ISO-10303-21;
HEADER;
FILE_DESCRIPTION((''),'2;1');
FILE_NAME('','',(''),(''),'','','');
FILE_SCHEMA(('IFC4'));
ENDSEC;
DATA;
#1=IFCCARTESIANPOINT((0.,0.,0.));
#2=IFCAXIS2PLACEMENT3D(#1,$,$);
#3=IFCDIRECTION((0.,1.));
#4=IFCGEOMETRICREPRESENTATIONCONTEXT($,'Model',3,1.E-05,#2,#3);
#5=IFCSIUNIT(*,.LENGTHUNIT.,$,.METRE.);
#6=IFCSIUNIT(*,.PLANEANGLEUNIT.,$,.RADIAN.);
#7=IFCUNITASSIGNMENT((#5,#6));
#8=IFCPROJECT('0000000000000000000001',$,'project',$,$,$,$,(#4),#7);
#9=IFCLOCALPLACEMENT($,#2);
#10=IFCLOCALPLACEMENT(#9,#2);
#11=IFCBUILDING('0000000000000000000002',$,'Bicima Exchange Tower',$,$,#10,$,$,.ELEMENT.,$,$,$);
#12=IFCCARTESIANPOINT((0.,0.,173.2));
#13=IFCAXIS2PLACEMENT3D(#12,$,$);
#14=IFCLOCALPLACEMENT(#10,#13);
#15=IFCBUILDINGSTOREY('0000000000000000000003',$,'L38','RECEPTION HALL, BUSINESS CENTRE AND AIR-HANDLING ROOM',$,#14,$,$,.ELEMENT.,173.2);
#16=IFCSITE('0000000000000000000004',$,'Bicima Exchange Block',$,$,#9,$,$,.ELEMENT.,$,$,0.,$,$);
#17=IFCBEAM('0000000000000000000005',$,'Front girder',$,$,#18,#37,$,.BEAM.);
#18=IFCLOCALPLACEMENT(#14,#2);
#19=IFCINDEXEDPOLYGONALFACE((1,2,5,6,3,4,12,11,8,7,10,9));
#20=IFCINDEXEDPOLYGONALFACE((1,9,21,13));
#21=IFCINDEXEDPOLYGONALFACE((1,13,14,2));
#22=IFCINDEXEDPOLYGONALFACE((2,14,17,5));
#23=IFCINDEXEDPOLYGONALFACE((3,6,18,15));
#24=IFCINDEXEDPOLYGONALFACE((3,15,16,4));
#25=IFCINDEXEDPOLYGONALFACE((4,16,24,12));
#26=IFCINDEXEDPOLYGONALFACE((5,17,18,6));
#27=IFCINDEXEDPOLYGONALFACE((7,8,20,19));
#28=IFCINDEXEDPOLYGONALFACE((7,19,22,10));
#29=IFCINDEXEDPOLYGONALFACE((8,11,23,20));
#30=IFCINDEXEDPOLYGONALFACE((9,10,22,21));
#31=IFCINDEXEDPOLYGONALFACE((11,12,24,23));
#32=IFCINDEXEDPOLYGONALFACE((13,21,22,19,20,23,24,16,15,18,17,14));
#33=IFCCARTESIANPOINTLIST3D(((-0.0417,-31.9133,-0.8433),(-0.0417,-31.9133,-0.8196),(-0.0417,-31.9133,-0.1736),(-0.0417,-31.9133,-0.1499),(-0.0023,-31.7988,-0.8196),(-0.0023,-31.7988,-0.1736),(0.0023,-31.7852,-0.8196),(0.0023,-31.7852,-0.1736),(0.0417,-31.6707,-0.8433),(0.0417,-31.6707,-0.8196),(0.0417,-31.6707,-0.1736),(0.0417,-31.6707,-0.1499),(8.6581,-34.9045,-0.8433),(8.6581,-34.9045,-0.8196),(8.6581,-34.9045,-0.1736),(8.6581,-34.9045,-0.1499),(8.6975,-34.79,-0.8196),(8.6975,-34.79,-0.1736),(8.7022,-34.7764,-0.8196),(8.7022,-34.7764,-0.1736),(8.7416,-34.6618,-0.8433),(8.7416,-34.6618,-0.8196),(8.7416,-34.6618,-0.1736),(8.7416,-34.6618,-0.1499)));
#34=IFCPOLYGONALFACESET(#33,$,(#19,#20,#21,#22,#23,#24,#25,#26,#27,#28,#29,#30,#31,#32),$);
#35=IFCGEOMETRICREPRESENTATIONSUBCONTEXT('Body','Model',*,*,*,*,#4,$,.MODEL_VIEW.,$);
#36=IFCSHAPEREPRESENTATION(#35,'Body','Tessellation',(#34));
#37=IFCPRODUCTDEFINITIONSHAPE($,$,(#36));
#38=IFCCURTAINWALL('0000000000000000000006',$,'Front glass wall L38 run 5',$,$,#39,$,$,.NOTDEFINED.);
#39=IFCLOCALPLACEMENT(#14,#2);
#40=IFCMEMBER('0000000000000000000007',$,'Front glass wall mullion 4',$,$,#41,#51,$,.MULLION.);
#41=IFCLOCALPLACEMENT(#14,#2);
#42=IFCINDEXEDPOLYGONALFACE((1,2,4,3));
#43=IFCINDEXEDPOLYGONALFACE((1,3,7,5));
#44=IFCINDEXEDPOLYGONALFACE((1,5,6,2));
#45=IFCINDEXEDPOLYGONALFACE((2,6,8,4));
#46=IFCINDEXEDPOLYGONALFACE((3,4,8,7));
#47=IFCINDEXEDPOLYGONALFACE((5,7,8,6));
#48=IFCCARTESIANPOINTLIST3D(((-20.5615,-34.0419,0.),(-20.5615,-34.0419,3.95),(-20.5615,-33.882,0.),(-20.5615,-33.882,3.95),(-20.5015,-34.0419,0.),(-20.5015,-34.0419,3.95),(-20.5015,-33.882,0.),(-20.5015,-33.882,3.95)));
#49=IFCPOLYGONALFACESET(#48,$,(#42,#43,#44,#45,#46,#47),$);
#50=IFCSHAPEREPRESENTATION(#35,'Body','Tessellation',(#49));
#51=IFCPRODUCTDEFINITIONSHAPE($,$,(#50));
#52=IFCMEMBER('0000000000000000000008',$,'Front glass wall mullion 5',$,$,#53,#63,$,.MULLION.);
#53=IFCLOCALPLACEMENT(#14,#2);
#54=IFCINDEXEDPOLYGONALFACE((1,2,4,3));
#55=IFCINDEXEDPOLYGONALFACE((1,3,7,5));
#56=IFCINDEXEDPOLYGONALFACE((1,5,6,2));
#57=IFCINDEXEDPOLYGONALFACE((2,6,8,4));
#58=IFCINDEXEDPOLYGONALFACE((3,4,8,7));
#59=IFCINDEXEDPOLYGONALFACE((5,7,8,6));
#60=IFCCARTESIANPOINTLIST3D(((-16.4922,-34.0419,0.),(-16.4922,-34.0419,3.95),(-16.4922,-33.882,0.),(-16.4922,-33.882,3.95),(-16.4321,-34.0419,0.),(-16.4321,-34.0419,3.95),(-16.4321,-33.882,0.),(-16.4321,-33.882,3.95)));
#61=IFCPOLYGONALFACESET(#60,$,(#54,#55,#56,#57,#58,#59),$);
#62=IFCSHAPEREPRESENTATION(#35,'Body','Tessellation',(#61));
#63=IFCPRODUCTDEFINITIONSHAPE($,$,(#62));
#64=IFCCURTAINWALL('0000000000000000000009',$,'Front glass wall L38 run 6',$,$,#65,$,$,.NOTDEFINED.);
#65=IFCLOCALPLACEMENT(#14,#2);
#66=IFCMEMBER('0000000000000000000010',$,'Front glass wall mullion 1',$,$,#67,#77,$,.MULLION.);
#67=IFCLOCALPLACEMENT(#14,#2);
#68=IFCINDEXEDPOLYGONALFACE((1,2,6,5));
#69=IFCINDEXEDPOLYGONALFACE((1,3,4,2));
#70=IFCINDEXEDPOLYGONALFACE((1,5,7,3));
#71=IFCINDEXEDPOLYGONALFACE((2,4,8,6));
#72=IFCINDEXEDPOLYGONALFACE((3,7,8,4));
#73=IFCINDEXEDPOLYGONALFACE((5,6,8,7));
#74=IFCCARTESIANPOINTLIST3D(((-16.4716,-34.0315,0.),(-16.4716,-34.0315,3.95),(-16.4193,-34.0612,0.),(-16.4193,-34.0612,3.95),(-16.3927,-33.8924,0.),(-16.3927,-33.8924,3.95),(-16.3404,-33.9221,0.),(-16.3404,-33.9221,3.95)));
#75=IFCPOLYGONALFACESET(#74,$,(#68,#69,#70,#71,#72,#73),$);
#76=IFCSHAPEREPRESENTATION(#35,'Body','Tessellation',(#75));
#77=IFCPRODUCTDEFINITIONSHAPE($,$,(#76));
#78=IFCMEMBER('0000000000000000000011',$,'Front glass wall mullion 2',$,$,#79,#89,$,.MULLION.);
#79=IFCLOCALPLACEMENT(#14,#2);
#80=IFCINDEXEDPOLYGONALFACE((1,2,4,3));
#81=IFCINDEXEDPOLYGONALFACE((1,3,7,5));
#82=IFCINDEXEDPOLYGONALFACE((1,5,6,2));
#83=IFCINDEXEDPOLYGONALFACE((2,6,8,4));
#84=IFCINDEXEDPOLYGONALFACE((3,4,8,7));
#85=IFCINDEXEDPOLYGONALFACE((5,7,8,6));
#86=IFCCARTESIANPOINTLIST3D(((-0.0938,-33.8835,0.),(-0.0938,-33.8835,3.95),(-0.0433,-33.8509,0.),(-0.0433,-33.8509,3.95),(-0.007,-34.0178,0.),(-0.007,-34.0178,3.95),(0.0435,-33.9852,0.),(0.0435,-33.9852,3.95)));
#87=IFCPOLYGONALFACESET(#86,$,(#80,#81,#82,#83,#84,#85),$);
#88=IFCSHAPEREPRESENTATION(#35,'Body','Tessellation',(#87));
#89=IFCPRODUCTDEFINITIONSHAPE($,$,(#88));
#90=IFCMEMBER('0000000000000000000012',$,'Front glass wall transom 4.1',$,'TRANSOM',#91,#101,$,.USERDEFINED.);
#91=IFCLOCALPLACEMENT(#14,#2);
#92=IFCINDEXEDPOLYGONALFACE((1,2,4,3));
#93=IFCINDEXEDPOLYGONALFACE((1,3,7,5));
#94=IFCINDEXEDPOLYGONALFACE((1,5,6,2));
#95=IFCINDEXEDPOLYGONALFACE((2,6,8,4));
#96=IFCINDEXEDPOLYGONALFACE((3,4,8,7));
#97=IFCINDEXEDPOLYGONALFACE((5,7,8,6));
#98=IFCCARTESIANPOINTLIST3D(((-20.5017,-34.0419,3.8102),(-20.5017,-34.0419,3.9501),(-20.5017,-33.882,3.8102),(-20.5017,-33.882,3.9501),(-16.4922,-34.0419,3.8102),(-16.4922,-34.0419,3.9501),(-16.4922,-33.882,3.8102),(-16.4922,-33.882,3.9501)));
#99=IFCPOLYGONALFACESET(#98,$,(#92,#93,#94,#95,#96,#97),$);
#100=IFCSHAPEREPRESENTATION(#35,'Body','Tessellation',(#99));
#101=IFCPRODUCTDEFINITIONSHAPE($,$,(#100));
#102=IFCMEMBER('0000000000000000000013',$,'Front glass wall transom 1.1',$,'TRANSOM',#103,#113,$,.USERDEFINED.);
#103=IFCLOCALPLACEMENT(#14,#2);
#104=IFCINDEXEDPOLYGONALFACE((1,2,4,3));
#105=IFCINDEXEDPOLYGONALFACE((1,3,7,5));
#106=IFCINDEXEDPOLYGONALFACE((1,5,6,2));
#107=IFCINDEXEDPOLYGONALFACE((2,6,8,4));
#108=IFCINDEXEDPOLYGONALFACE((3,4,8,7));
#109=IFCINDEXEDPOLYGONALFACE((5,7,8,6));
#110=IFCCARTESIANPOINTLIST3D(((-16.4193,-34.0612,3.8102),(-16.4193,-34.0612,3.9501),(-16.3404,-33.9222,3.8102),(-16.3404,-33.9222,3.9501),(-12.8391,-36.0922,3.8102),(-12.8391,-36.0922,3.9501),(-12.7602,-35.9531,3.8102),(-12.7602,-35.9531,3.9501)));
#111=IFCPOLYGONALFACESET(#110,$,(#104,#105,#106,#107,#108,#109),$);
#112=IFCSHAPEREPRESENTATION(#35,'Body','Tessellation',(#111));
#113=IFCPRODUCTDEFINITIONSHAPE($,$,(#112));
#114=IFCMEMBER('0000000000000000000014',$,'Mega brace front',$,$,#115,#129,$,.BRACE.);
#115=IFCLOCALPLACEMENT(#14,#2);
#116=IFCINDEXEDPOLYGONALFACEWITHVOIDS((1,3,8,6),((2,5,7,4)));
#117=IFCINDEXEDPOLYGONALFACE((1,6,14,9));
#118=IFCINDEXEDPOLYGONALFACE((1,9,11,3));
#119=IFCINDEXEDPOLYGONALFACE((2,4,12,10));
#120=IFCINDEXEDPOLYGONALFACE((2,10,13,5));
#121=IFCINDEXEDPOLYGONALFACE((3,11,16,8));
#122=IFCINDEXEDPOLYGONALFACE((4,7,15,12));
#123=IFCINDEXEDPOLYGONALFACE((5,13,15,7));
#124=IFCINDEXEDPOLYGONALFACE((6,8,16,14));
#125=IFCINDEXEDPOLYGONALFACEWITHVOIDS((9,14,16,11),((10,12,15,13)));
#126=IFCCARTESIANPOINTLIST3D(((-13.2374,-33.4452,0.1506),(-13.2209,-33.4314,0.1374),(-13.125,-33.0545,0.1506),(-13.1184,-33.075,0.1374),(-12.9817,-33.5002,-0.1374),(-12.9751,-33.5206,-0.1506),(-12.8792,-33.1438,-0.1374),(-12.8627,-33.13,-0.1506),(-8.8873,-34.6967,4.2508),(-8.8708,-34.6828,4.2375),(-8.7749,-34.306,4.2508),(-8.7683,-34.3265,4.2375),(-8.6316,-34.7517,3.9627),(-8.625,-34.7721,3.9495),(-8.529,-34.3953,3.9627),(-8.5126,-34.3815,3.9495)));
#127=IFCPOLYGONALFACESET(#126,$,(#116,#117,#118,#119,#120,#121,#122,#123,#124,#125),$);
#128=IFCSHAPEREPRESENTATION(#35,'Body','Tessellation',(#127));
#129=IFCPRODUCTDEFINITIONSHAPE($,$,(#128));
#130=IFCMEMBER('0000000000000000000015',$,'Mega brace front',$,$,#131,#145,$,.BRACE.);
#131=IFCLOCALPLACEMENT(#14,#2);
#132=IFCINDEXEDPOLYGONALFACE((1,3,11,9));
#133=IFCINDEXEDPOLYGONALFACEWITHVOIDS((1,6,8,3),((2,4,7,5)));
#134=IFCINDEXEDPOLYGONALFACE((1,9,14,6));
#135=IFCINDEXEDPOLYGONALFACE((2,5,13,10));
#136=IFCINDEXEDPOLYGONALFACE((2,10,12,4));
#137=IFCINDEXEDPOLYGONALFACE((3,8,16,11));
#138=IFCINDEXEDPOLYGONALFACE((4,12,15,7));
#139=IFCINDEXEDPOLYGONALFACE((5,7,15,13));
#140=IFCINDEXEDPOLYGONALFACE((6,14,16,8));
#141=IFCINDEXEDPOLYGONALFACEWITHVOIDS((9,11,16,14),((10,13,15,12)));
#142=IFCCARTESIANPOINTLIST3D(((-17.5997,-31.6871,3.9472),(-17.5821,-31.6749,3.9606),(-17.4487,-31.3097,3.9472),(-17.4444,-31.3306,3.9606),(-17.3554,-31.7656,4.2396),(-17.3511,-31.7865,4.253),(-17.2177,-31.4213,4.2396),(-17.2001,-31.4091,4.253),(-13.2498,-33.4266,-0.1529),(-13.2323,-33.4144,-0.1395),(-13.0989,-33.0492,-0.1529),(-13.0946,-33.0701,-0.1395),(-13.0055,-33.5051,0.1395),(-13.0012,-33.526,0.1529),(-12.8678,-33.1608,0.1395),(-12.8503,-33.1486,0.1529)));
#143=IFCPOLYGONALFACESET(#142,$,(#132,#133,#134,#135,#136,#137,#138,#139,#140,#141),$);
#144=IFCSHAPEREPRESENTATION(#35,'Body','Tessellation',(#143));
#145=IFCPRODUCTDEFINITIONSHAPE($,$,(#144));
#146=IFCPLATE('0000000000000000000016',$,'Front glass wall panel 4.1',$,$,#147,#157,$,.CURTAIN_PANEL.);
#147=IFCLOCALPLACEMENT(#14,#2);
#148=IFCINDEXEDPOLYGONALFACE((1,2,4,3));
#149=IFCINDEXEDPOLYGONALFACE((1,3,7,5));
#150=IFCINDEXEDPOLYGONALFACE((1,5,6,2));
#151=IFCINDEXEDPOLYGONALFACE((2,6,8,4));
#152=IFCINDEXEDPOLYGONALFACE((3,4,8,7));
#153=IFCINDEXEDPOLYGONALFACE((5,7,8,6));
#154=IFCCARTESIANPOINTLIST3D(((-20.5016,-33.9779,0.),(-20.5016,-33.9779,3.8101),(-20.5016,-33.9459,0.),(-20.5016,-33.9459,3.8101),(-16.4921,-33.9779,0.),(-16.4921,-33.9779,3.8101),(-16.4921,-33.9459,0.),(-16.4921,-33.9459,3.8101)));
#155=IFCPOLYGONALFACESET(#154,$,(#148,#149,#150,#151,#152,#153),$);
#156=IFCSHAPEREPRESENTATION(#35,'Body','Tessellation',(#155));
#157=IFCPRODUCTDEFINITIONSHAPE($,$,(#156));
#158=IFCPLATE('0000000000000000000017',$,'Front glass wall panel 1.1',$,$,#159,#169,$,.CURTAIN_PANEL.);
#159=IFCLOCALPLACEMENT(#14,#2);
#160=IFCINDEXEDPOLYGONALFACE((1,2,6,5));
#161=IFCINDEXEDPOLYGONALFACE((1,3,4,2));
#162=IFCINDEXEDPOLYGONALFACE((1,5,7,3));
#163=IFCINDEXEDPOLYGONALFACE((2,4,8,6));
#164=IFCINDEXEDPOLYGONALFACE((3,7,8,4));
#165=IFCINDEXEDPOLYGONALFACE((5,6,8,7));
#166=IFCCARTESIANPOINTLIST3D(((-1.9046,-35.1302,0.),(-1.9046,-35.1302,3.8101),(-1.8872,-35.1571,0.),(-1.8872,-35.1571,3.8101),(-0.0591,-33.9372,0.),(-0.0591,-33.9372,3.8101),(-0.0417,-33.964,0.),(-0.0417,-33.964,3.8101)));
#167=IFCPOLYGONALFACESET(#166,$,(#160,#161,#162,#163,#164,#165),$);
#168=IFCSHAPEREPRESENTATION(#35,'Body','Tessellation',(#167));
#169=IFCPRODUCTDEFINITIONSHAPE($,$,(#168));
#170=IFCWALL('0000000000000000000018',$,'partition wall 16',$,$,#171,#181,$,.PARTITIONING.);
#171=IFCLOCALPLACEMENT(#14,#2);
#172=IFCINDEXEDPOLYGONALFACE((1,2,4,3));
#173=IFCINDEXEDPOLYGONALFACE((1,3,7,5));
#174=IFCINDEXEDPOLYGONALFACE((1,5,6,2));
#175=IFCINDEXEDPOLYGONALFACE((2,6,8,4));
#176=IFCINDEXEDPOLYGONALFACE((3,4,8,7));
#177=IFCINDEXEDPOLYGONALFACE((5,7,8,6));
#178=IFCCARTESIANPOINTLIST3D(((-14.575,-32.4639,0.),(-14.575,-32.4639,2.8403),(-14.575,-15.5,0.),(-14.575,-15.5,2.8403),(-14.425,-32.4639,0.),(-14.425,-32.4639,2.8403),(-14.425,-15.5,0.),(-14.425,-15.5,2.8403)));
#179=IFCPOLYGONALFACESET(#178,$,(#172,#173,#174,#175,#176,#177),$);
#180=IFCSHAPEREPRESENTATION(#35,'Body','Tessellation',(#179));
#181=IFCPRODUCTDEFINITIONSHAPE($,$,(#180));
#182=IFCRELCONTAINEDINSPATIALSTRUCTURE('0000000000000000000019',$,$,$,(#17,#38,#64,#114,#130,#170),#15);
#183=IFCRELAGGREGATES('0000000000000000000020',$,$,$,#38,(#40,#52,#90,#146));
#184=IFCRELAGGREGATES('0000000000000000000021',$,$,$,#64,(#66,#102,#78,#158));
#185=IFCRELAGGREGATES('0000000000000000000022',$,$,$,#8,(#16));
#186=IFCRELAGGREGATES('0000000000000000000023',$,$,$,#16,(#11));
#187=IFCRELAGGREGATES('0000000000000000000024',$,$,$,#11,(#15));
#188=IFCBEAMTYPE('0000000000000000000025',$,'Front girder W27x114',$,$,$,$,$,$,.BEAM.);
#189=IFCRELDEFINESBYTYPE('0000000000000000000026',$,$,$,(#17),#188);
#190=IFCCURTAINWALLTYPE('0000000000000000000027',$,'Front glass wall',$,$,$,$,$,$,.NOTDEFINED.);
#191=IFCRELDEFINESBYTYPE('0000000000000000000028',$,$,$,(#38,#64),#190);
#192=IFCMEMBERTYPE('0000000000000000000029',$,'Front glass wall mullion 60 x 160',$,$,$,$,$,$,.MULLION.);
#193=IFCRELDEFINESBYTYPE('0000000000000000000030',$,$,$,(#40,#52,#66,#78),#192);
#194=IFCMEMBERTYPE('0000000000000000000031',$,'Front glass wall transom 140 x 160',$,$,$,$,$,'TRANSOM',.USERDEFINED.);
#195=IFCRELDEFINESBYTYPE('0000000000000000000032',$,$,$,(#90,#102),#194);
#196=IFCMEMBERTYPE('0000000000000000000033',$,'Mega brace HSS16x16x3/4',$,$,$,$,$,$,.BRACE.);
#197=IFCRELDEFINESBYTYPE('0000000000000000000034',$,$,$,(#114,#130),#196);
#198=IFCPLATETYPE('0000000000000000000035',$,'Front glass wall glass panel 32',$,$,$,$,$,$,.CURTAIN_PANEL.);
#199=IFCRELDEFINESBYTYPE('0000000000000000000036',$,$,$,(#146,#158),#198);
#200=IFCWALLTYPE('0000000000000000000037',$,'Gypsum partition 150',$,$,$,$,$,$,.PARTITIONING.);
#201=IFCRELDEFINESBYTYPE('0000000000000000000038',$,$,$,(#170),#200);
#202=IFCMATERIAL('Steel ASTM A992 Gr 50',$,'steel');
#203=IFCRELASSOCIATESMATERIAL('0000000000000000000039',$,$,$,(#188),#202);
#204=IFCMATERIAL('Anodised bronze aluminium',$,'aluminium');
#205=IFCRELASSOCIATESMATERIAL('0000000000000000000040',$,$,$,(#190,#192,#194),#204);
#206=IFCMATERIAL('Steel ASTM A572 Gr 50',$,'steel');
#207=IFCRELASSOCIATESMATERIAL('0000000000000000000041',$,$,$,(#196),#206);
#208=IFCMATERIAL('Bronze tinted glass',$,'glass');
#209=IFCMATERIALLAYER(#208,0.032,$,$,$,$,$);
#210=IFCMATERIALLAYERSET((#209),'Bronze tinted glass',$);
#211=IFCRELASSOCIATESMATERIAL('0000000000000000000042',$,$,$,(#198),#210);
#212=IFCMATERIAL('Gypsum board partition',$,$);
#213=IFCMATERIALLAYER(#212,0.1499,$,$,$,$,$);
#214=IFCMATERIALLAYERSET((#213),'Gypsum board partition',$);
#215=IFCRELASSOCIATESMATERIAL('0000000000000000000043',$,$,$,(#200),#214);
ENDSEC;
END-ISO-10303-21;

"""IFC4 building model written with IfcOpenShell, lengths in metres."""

from ifc_helpers import new_model, si_unit, direction, frame, frame_2d, origin, origin_2d, place, context, subcontext, project, spatial, rectangle, hollow_rectangle, i_section, extrude, material, layer, layer_set, material_profile, profile_set, type_object, element, aggregate, save


model = new_model("IFC4")

# Units and contexts
model_context = context("Model", 3, precision=1e-05, world=origin(), true_north=direction((0.0, 1.0)))
body_context = subcontext(model_context, "Body", "Model", "MODEL_VIEW")
ifc_project = project(units=[si_unit("LENGTHUNIT", "METRE"), si_unit("PLANEANGLEUNIT", "RADIAN")], contexts=[model_context])

# Site, building, storey
site_placement = place(None, origin())
site = spatial("IfcSite", under=ifc_project, at=site_placement, Name="Bicima Exchange Block", CompositionType="ELEMENT", RefElevation=0.0)
building_placement = place(site_placement, origin())
building = spatial("IfcBuilding", under=site, at=building_placement, Name="Bicima Exchange Tower", CompositionType="ELEMENT")
storey_placement = place(building_placement, frame((0.0, 0.0, 173.2)))
storey = spatial("IfcBuildingStorey", under=building, at=storey_placement, Name="L38", Description="RECEPTION HALL, BUSINESS CENTRE AND AIR-HANDLING ROOM", CompositionType="ELEMENT", Elevation=173.2)

# Shared definitions
ifc_material_1 = material(Name="Steel ASTM A992 Gr 50", Category="steel")

# Beam
ifc_material_profile_1 = material_profile(ifc_material_1, i_section(OverallWidth=0.2566, OverallDepth=0.6934, WebThickness=0.0144, FlangeThickness=0.0237, at=origin_2d()))
ifc_profile_set_1 = profile_set([ifc_material_profile_1], Name="Steel ASTM A992 Gr 50")
beam_type_1 = type_object("IfcBeamType", Name="Front girder W27x114", PredefinedType="BEAM", material=ifc_profile_set_1)
for number, where, z_axis, x_axis, name in (
    (1, (0.0, -31.792, -0.4966), (0.945666, -0.325138, 0.0), (0.325138, 0.945666, 0.0), "Front girder"),
):
    element("IfcBeam", number, at=place(storey_placement, frame(where, z_axis=z_axis, x_axis=x_axis)), inside=storey, type_object=beam_type_1, Name=name, PredefinedType="BEAM", context=body_context, shape_type="SweptSolid", body=[
        extrude(i_section(OverallWidth=0.2566, OverallDepth=0.6934, WebThickness=0.0144, FlangeThickness=0.0237, at=origin_2d()), origin(), (0.0, 0.0, 1.0), 9.1997),
    ])

# Curtain walls, members
ifc_material_2 = material(Name="Anodised bronze aluminium", Category="aluminium")
curtain_wall_type = type_object("IfcCurtainWallType", Name="Front glass wall", PredefinedType="NOTDEFINED", material=ifc_material_2)
curtain_wall_1_placement = place(storey_placement, origin())
curtain_wall_1 = element("IfcCurtainWall", 2, at=curtain_wall_1_placement, inside=storey, type_object=curtain_wall_type, Name="Front glass wall L38 run 5", PredefinedType="NOTDEFINED")
ifc_material_profile_2 = material_profile(ifc_material_2, rectangle(XDim=0.1599, YDim=0.0601, at=origin_2d()))
ifc_profile_set_2 = profile_set([ifc_material_profile_2], Name="Anodised bronze aluminium")
member_type_1 = type_object("IfcMemberType", Name="Front glass wall mullion 60 x 160", PredefinedType="MULLION", material=ifc_profile_set_2)
member_1_placement = place(storey_placement, frame((-20.5315, -33.9619, 0.0), z_axis=(0.0, 0.0, 1.0), x_axis=(0.0, 1.0, 0.0)))
member_1 = element("IfcMember", 3, at=member_1_placement, type_object=member_type_1, Name="Front glass wall mullion 4", PredefinedType="MULLION", context=body_context, shape_type="SweptSolid", body=[
    extrude(rectangle(XDim=0.1599, YDim=0.0601, at=origin_2d()), origin(), (0.0, 0.0, 1.0), 3.95),
])
member_2_placement = place(storey_placement, frame((-16.4622, -33.9619, 0.0), z_axis=(0.0, 0.0, 1.0), x_axis=(0.0, 1.0, 0.0)))
member_2 = element("IfcMember", 4, at=member_2_placement, type_object=member_type_1, Name="Front glass wall mullion 5", PredefinedType="MULLION", context=body_context, shape_type="SweptSolid", body=[
    extrude(rectangle(XDim=0.1599, YDim=0.0601, at=origin_2d()), origin(), (0.0, 0.0, 1.0), 3.95),
])
curtain_wall_2_placement = place(storey_placement, origin())
curtain_wall_2 = element("IfcCurtainWall", 5, at=curtain_wall_2_placement, inside=storey, type_object=curtain_wall_type, Name="Front glass wall L38 run 6", PredefinedType="NOTDEFINED")
member_3_placement = place(storey_placement, frame((-16.406, -33.9768, 0.0), z_axis=(0.0, 0.0, 1.0), x_axis=(0.493395, 0.869805, 0.0)))
member_3 = element("IfcMember", 6, at=member_3_placement, type_object=member_type_1, Name="Front glass wall mullion 1", PredefinedType="MULLION", context=body_context, shape_type="SweptSolid", body=[
    extrude(rectangle(XDim=0.1599, YDim=0.0601, at=origin_2d()), origin(), (0.0, 0.0, 1.0), 3.95),
])
member_4_placement = place(storey_placement, frame((-0.0251, -33.9343, 0.0), z_axis=(0.0, 0.0, 1.0), x_axis=(-0.542897, 0.839799, 0.0)))
member_4 = element("IfcMember", 7, at=member_4_placement, type_object=member_type_1, Name="Front glass wall mullion 2", PredefinedType="MULLION", context=body_context, shape_type="SweptSolid", body=[
    extrude(rectangle(XDim=0.1599, YDim=0.0601, at=origin_2d()), origin(), (0.0, 0.0, 1.0), 3.95),
])

# Members
ifc_material_profile_3 = material_profile(ifc_material_2, rectangle(XDim=0.1599, YDim=0.1399, at=origin_2d()))
ifc_profile_set_3 = profile_set([ifc_material_profile_3], Name="Anodised bronze aluminium")
member_type_2 = type_object("IfcMemberType", Name="Front glass wall transom 140 x 160", ElementType="TRANSOM", PredefinedType="USERDEFINED", material=ifc_profile_set_3)
member_5_placement = place(storey_placement, frame((-20.5017, -33.9619, 3.8801), z_axis=(1.0, 0.0, 0.0), x_axis=(0.0, 1.0, 0.0)))
member_5 = element("IfcMember", 8, at=member_5_placement, type_object=member_type_2, Name="Front glass wall transom 4.1", ObjectType="TRANSOM", PredefinedType="USERDEFINED", context=body_context, shape_type="SweptSolid", body=[
    extrude(rectangle(XDim=0.1599, YDim=0.1399, at=origin_2d()), origin(), (0.0, 0.0, 1.0), 4.0095),
])
member_6_placement = place(storey_placement, frame((-16.3799, -33.9917, 3.8801), z_axis=(0.869797, -0.493409, 0.0), x_axis=(0.493409, 0.869797, 0.0)))
member_6 = element("IfcMember", 9, at=member_6_placement, type_object=member_type_2, Name="Front glass wall transom 1.1", ObjectType="TRANSOM", PredefinedType="USERDEFINED", context=body_context, shape_type="SweptSolid", body=[
    extrude(rectangle(XDim=0.1599, YDim=0.1399, at=origin_2d()), origin(), (0.0, 0.0, 1.0), 4.1162),
])

# Members
ifc_material_3 = material(Name="Steel ASTM A572 Gr 50", Category="steel")
ifc_material_profile_4 = material_profile(ifc_material_3, hollow_rectangle(XDim=0.4065, YDim=0.4065, WallThickness=0.0178, at=origin_2d()))
ifc_profile_set_4 = profile_set([ifc_material_profile_4], Name="Steel ASTM A572 Gr 50")
member_type_3 = type_object("IfcMemberType", Name="Mega brace HSS16x16x3/4", PredefinedType="BRACE", material=ifc_profile_set_4)
member_7_placement = place(storey_placement, frame((-13.05, -33.2876, 0.0), z_axis=(0.712267, -0.20491, 0.671333), x_axis=(0.276473, 0.961022, 0.0)))
element("IfcMember", 10, at=member_7_placement, inside=storey, type_object=member_type_3, Name="Mega brace front", PredefinedType="BRACE", context=body_context, shape_type="SweptSolid", body=[
    extrude(hollow_rectangle(XDim=0.4065, YDim=0.4065, WallThickness=0.0178, at=origin_2d()), origin(), (0.0, 0.0, 1.0), 6.1074),
])
member_8_placement = place(storey_placement, frame((-13.05, -33.2876, 0.0), z_axis=(-0.698706, 0.279412, 0.658588), x_axis=(-0.37131, -0.928509, 0.0)))
element("IfcMember", 11, at=member_8_placement, inside=storey, type_object=member_type_3, Name="Mega brace front", PredefinedType="BRACE", context=body_context, shape_type="SweptSolid", body=[
    extrude(hollow_rectangle(XDim=0.4065, YDim=0.4065, WallThickness=0.0178, at=origin_2d()), origin(), (0.0, 0.0, 1.0), 6.2256),
])

# Plates
ifc_material_4 = material(Name="Bronze tinted glass", Category="glass")
ifc_layer_1 = layer(ifc_material_4, 0.032)
ifc_layer_set_1 = layer_set([ifc_layer_1], Name="Bronze tinted glass")
plate_type = type_object("IfcPlateType", Name="Front glass wall glass panel 32", PredefinedType="CURTAIN_PANEL", material=ifc_layer_set_1)
plate_1_placement = place(storey_placement, frame((-18.4968, -33.9619, 0.0), z_axis=(0.0, 0.0, 1.0), x_axis=(1.0, 0.0, 0.0)))
plate_1 = element("IfcPlate", 12, at=plate_1_placement, type_object=plate_type, Name="Front glass wall panel 4.1", PredefinedType="CURTAIN_PANEL", context=body_context, shape_type="SweptSolid", body=[
    extrude(rectangle(XDim=4.0095, YDim=0.032, at=origin_2d()), origin(), (0.0, 0.0, 1.0), 3.8101),
])
aggregate(curtain_wall_1, [member_1, member_2, member_5, plate_1])
plate_2_placement = place(storey_placement, frame((-0.9731, -34.5471, 0.0), z_axis=(0.0, 0.0, 1.0), x_axis=(0.839799, 0.542897, 0.0)))
plate_2 = element("IfcPlate", 13, at=plate_2_placement, type_object=plate_type, Name="Front glass wall panel 1.1", PredefinedType="CURTAIN_PANEL", context=body_context, shape_type="SweptSolid", body=[
    extrude(rectangle(XDim=2.1975, YDim=0.032, at=origin_2d()), origin(), (0.0, 0.0, 1.0), 3.8101),
])
aggregate(curtain_wall_2, [member_3, member_6, member_4, plate_2])

# Wall
ifc_material_5 = material(Name="Gypsum board partition")
ifc_layer_2 = layer(ifc_material_5, 0.1499)
ifc_layer_set_2 = layer_set([ifc_layer_2], Name="Gypsum board partition")
wall_type = type_object("IfcWallType", Name="Gypsum partition 150", PredefinedType="PARTITIONING", material=ifc_layer_set_2)
wall_1_placement = place(storey_placement, frame((-14.5, -32.4639, 0.0), z_axis=(0.0, 0.0, 1.0), x_axis=(0.0, 1.0, 0.0)))
element("IfcWall", 14, at=wall_1_placement, inside=storey, type_object=wall_type, Name="partition wall 16", PredefinedType="PARTITIONING", context=body_context, shape_type="SweptSolid", body=[
    extrude(rectangle(XDim=16.9639, YDim=0.1499, at=frame_2d((8.4819, 0.0))), origin(), (0.0, 0.0, 1.0), 2.8403),
])

save(model, "model.ifc")
